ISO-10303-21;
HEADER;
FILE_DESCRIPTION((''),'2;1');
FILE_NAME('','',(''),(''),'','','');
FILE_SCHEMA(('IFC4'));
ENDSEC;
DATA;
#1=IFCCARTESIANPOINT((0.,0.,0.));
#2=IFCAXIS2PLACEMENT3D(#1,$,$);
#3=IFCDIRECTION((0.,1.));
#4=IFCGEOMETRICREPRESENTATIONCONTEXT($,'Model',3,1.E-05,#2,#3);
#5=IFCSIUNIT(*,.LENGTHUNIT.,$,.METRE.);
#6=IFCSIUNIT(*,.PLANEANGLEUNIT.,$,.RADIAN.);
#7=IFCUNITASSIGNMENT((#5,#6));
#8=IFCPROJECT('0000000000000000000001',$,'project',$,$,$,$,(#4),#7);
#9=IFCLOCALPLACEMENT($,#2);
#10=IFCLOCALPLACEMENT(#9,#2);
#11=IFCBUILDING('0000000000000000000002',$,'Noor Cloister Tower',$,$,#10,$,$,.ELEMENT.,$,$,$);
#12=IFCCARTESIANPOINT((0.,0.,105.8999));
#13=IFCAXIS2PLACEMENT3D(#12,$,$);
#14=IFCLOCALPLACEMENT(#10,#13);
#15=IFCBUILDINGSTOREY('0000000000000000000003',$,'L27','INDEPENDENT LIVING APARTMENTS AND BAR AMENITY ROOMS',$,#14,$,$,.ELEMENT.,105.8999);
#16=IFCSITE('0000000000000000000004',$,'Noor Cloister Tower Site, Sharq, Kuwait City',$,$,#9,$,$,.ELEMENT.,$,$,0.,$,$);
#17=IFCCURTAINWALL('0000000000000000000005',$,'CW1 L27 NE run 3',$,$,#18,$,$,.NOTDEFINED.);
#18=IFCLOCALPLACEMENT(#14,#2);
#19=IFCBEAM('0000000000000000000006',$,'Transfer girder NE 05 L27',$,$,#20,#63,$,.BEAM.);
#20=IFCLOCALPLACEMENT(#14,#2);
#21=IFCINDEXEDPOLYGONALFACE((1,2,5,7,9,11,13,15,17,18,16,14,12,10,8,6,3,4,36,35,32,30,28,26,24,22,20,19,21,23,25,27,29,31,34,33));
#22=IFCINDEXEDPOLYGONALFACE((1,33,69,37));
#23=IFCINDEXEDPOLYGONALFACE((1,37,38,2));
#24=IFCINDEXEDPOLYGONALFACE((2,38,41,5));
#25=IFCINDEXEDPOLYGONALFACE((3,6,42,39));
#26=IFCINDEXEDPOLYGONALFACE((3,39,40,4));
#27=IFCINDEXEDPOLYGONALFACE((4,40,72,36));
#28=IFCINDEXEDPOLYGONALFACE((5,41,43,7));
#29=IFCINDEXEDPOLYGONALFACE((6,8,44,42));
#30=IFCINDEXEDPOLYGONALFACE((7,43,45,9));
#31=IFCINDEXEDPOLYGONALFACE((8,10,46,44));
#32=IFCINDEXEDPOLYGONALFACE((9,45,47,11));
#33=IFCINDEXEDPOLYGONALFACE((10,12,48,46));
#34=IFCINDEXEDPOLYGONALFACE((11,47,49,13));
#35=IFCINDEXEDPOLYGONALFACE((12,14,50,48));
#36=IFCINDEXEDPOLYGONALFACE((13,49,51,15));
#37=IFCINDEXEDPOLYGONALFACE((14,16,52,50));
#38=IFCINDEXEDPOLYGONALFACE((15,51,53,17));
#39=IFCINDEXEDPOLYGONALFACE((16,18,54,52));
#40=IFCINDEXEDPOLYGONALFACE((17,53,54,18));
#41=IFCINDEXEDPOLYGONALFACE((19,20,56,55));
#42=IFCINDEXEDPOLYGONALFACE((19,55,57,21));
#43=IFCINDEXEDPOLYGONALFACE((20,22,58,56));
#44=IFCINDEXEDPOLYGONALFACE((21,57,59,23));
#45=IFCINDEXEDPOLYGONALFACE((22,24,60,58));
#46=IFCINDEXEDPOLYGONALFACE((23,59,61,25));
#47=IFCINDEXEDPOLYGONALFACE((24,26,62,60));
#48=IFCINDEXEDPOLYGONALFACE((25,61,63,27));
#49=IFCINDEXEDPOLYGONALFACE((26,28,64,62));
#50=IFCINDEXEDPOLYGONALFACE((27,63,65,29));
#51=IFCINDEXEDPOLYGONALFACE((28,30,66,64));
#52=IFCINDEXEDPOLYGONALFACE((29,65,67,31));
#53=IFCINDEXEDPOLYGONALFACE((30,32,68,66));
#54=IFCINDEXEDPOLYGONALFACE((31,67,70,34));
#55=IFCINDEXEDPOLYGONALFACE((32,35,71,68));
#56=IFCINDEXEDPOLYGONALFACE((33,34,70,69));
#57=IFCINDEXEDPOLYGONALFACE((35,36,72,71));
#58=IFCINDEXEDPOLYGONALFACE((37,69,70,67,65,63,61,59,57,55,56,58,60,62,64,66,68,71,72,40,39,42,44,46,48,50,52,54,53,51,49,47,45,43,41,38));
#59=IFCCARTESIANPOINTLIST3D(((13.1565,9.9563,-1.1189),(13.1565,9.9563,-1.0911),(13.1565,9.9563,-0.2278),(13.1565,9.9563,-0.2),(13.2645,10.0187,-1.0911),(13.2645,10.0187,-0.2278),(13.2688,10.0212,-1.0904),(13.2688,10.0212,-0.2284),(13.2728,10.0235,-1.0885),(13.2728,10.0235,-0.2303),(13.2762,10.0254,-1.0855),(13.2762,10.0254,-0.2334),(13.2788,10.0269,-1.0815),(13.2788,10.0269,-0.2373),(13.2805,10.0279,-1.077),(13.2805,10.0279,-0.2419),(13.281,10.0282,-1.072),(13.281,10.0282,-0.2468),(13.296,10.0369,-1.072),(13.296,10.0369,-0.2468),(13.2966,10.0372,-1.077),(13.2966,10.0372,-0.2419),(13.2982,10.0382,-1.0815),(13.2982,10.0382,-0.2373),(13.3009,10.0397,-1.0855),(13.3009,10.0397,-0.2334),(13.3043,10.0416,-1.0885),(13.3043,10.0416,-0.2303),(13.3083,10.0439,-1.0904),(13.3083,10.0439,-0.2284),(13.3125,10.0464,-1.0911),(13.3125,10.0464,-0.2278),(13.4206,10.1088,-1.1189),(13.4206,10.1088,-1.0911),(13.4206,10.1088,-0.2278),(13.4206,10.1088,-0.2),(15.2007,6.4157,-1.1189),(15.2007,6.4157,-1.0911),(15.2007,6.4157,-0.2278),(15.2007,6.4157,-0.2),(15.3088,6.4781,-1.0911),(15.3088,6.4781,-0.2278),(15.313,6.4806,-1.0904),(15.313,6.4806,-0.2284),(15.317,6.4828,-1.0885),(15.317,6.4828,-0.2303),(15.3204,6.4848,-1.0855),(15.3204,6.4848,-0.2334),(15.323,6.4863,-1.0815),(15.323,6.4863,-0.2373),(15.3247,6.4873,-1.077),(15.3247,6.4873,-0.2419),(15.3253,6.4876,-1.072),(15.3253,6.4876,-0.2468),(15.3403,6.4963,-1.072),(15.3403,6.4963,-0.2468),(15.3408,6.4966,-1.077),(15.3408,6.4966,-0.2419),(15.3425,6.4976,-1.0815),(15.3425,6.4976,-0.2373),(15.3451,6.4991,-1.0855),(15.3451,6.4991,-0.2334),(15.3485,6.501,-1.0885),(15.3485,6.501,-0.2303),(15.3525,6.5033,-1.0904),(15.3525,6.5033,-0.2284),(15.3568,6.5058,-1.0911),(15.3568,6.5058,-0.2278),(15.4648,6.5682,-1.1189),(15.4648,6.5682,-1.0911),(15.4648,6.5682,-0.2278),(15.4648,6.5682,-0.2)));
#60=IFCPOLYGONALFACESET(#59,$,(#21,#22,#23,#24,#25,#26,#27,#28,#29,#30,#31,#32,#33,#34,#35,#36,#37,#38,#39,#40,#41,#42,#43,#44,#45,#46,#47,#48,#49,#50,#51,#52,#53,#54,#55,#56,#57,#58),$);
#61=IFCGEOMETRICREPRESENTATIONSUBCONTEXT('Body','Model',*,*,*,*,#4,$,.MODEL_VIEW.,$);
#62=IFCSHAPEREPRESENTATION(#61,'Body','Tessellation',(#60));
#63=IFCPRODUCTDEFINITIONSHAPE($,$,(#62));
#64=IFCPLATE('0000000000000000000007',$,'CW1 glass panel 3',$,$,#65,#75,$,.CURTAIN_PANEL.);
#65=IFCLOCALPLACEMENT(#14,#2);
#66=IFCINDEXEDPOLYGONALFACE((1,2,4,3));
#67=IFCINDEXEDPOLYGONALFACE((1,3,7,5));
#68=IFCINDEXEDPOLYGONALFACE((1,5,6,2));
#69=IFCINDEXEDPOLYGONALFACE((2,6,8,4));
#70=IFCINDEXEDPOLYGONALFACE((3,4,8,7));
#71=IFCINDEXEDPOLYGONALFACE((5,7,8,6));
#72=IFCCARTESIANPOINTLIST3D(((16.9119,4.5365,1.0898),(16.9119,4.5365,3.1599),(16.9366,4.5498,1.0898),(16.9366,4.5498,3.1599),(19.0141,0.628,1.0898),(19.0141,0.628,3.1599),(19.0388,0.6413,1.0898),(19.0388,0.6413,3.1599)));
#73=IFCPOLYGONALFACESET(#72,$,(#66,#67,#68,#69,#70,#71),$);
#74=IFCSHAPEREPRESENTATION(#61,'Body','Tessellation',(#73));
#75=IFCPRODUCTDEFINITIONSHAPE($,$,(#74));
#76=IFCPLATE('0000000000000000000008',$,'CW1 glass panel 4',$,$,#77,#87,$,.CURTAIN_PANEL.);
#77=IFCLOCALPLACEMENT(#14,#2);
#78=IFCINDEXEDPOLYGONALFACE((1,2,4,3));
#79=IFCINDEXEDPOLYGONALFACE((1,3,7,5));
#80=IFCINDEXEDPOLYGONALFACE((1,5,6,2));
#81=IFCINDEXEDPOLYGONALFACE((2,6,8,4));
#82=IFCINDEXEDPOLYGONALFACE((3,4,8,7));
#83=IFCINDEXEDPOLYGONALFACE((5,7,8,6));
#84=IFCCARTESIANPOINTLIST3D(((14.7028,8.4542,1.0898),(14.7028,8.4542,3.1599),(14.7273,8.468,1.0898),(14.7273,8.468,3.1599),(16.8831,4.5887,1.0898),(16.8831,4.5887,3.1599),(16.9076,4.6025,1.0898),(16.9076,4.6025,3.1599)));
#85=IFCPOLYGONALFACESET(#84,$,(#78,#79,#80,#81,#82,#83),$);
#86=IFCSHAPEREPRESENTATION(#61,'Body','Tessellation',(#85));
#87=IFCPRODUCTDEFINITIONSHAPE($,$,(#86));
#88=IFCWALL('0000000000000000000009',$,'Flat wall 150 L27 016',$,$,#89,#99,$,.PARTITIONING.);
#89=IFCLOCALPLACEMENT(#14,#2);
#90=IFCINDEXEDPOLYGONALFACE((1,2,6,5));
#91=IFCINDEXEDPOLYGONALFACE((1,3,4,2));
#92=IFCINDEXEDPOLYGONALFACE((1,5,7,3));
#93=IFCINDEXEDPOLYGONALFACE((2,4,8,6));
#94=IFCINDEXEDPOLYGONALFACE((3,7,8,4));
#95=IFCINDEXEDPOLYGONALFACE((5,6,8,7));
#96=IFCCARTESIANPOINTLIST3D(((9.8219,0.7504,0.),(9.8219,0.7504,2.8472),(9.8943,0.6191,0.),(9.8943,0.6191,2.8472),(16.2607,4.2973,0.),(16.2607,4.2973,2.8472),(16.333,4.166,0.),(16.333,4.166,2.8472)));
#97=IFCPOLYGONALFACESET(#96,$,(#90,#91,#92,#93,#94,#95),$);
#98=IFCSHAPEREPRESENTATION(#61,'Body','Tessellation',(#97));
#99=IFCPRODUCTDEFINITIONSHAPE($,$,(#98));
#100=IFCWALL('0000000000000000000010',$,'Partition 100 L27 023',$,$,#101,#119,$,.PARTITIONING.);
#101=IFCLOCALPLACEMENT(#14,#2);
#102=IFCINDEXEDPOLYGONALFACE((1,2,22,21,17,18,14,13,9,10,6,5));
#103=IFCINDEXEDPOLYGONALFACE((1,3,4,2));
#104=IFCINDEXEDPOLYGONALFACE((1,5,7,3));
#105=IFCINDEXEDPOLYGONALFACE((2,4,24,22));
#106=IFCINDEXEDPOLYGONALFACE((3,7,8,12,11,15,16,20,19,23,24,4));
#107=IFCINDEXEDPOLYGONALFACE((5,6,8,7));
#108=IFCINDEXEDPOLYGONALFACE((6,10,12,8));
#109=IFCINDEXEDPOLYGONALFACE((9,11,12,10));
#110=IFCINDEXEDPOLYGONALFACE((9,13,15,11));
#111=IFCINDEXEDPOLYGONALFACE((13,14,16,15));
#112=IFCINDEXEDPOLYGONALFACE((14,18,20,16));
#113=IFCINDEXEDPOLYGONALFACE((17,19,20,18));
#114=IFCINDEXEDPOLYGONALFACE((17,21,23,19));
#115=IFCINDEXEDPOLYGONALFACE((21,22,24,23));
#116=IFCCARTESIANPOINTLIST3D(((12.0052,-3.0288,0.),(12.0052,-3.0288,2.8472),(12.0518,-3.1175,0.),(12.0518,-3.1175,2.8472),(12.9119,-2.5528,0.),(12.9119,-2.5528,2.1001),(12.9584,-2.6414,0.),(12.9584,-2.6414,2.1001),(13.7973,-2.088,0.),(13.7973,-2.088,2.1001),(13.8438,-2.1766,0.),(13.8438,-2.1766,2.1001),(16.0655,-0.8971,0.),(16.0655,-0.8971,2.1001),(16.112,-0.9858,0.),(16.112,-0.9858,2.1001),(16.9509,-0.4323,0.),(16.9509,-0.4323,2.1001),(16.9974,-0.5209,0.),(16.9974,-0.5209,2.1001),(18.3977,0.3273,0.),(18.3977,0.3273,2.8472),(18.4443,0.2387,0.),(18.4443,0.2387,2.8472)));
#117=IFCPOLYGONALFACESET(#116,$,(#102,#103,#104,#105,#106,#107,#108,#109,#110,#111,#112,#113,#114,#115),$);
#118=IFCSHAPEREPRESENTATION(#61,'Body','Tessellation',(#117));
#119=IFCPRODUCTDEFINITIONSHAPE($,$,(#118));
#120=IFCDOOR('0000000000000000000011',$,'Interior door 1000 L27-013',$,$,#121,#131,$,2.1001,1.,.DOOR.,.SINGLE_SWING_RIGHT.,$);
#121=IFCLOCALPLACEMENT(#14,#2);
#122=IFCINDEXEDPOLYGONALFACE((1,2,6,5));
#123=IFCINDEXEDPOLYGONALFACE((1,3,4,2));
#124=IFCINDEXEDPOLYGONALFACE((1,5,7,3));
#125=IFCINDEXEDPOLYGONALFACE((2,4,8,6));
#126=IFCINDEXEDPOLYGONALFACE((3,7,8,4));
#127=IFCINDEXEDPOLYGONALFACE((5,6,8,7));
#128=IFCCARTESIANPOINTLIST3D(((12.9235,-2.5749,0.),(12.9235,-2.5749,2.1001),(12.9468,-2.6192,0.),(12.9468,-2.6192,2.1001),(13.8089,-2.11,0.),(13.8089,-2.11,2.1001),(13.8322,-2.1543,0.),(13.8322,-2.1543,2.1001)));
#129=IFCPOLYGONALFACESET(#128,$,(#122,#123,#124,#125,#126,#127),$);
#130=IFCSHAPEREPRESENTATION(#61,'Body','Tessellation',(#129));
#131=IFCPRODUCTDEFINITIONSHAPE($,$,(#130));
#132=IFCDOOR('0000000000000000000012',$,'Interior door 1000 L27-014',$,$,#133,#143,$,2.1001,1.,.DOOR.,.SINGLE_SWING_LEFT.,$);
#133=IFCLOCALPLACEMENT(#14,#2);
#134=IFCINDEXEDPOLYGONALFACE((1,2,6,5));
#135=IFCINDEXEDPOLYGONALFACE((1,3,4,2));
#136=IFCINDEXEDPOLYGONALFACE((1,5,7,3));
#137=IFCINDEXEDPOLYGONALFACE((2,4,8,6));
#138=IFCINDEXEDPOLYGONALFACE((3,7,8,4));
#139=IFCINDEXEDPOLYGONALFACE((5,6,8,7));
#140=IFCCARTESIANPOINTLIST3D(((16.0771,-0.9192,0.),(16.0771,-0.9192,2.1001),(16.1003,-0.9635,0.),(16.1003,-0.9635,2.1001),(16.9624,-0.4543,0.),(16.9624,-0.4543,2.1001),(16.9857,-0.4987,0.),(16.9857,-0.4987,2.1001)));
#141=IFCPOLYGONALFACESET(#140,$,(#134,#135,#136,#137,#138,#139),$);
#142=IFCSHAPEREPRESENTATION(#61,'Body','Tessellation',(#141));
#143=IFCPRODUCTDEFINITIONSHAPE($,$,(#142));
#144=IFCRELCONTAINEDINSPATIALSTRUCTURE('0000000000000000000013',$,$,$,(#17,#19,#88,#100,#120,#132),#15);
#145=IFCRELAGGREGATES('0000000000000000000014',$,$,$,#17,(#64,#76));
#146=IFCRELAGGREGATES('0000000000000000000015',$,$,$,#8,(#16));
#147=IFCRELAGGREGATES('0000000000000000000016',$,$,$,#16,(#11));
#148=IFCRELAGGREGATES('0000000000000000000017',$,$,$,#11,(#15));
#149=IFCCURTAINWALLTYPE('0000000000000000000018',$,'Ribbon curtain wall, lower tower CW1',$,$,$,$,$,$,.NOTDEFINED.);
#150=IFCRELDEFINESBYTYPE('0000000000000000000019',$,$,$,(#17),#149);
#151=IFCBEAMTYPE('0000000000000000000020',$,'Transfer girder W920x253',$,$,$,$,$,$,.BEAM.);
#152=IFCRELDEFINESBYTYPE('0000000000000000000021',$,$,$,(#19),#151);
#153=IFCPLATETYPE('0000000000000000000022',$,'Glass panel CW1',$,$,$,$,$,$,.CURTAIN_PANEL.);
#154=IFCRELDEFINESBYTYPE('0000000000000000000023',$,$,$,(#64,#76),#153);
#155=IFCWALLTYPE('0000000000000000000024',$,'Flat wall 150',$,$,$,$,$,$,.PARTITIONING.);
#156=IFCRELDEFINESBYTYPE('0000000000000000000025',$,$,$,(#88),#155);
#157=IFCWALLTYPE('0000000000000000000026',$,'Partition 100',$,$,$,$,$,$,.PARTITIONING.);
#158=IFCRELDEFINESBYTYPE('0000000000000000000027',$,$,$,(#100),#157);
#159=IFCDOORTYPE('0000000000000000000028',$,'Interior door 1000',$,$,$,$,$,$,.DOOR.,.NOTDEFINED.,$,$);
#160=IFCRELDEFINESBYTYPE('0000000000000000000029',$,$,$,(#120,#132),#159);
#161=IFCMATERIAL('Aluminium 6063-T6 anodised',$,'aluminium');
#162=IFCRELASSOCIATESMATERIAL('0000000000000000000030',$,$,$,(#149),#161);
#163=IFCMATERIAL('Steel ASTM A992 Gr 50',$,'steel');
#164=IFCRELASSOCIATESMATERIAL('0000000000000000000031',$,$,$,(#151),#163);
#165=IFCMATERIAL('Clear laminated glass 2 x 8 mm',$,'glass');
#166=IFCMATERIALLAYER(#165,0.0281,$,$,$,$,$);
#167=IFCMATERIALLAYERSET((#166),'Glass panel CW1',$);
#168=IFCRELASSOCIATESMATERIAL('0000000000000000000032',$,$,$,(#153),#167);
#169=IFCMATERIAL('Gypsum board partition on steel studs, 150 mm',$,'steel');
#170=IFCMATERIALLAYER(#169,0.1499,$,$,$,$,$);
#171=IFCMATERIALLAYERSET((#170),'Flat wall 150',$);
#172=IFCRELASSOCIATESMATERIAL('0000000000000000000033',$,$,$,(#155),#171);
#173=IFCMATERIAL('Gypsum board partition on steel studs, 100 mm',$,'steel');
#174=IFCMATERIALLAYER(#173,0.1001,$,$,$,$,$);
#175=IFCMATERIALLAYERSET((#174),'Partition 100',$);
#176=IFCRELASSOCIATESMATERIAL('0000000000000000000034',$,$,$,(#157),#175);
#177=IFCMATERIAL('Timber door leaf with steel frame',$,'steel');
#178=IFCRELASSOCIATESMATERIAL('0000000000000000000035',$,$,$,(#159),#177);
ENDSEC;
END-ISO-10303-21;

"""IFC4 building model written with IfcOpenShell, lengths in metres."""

from ifc_helpers import new_model, si_unit, direction, frame, frame_2d, origin, origin_2d, place, context, subcontext, project, spatial, rectangle, i_section, extrude, material, layer, layer_set, material_profile, profile_set, type_object, element, fill, aggregate, save


model = new_model("IFC4")

# Units and contexts
model_context = context("Model", 3, precision=1e-05, world=origin(), true_north=direction((0.0, 1.0)))
body_context = subcontext(model_context, "Body", "Model", "MODEL_VIEW")
ifc_project = project(units=[si_unit("LENGTHUNIT", "METRE"), si_unit("PLANEANGLEUNIT", "RADIAN")], contexts=[model_context])

# Site, building, storey
site_placement = place(None, origin())
site = spatial("IfcSite", under=ifc_project, at=site_placement, Name="Noor Cloister Tower Site, Sharq, Kuwait City", CompositionType="ELEMENT", RefElevation=0.0)
building_placement = place(site_placement, origin())
building = spatial("IfcBuilding", under=site, at=building_placement, Name="Noor Cloister Tower", CompositionType="ELEMENT")
storey_placement = place(building_placement, frame((0.0, 0.0, 105.8999)))
storey = spatial("IfcBuildingStorey", under=building, at=storey_placement, Name="L27", Description="INDEPENDENT LIVING APARTMENTS AND BAR AMENITY ROOMS", CompositionType="ELEMENT", Elevation=105.8999)

# Curtain wall
ifc_material_1 = material(Name="Aluminium 6063-T6 anodised", Category="aluminium")
curtain_wall_type = type_object("IfcCurtainWallType", Name="Ribbon curtain wall, lower tower CW1", PredefinedType="NOTDEFINED", material=ifc_material_1)
curtain_wall_placement = place(storey_placement, origin())
curtain_wall = element("IfcCurtainWall", 1, at=curtain_wall_placement, inside=storey, type_object=curtain_wall_type, Name="CW1 L27 NE run 3", PredefinedType="NOTDEFINED")

# Beam
ifc_material_2 = material(Name="Steel ASTM A992 Gr 50", Category="steel")
ifc_material_profile_1 = material_profile(ifc_material_2, i_section(OverallWidth=0.3049, OverallDepth=0.9189, WebThickness=0.0173, FlangeThickness=0.0278, FilletRadius=0.019, at=origin_2d()), Name="W920x253")
ifc_profile_set_1 = profile_set([ifc_material_profile_1], Name="Steel ASTM A992 Gr 50")
beam_type_1 = type_object("IfcBeamType", Name="Transfer girder W920x253", PredefinedType="BEAM", material=ifc_profile_set_1)
beam_1_placement = place(storey_placement, frame((15.3328, 6.4919, -0.6594), z_axis=(-0.500012, 0.866019, 0.0), x_axis=(-0.866019, -0.500012, 0.0)))
element("IfcBeam", 2, at=beam_1_placement, inside=storey, type_object=beam_type_1, Name="Transfer girder NE 05 L27", PredefinedType="BEAM", context=body_context, shape_type="SweptSolid", body=[
    extrude(i_section(OverallWidth=0.3049, OverallDepth=0.9189, WebThickness=0.0173, FlangeThickness=0.0278, FilletRadius=0.019, at=origin_2d()), origin(), (0.0, 0.0, 1.0), 4.0884),
])

# Plates
ifc_material_3 = material(Name="Clear laminated glass 2 x 8 mm", Category="glass")
ifc_layer_1 = layer(ifc_material_3, 0.0281)
ifc_layer_set_1 = layer_set([ifc_layer_1], Name="Glass panel CW1")
plate_type = type_object("IfcPlateType", Name="Glass panel CW1", PredefinedType="CURTAIN_PANEL", material=ifc_layer_set_1)
plate_1_placement = place(storey_placement, frame((17.9753, 2.5889, 1.0898), z_axis=(0.0, 0.0, 1.0), x_axis=(-0.473694, 0.880689, 0.0)))
plate_1 = element("IfcPlate", 3, at=plate_1_placement, type_object=plate_type, Name="CW1 glass panel 3", PredefinedType="CURTAIN_PANEL", context=body_context, shape_type="SweptSolid", body=[
    extrude(rectangle(XDim=4.438, YDim=0.0281, at=origin_2d()), origin(), (0.0, 0.0, 1.0), 2.0701),
])
plate_2_placement = place(storey_placement, frame((15.8052, 6.5283, 1.0898), z_axis=(0.0, 0.0, 1.0), x_axis=(-0.491281, 0.871001, 0.0)))
plate_2 = element("IfcPlate", 4, at=plate_2_placement, type_object=plate_type, Name="CW1 glass panel 4", PredefinedType="CURTAIN_PANEL", context=body_context, shape_type="SweptSolid", body=[
    extrude(rectangle(XDim=4.438, YDim=0.0281, at=origin_2d()), origin(), (0.0, 0.0, 1.0), 2.0701),
])
aggregate(curtain_wall, [plate_1, plate_2])

# Wall
ifc_material_4 = material(Name="Gypsum board partition on steel studs, 150 mm", Category="steel")
ifc_layer_2 = layer(ifc_material_4, 0.1499)
ifc_layer_set_2 = layer_set([ifc_layer_2], Name="Flat wall 150")
wall_type_1 = type_object("IfcWallType", Name="Flat wall 150", PredefinedType="PARTITIONING", material=ifc_layer_set_2)
wall_1_placement = place(storey_placement, frame((16.2969, 4.2317, 0.0), z_axis=(0.0, 0.0, 1.0), x_axis=(-0.875895, -0.482501, 0.0)))
element("IfcWall", 5, at=wall_1_placement, inside=storey, type_object=wall_type_1, Name="Flat wall 150 L27 016", PredefinedType="PARTITIONING", context=body_context, shape_type="SweptSolid", body=[
    extrude(rectangle(XDim=7.3511, YDim=0.1499, at=frame_2d((3.6755, 0.0))), origin(), (0.0, 0.0, 1.0), 2.8472),
])

# Wall, openings, doors
ifc_material_5 = material(Name="Gypsum board partition on steel studs, 100 mm", Category="steel")
ifc_layer_3 = layer(ifc_material_5, 0.1001)
ifc_layer_set_3 = layer_set([ifc_layer_3], Name="Partition 100")
wall_type_2 = type_object("IfcWallType", Name="Partition 100", PredefinedType="PARTITIONING", material=ifc_layer_set_3)
wall_2_placement = place(storey_placement, frame((18.4209, 0.283, 0.0), z_axis=(0.0, 0.0, 1.0), x_axis=(-0.885392, -0.464845, 0.0)))
wall_2 = element("IfcWall", 6, at=wall_2_placement, inside=storey, type_object=wall_type_2, Name="Partition 100 L27 023", PredefinedType="PARTITIONING", context=body_context, shape_type="SweptSolid", body=[
    extrude(rectangle(XDim=7.22, YDim=0.1001, at=frame_2d((3.6099, 0.0))), origin(), (0.0, 0.0, 1.0), 2.8472),
])
opening_1_placement = place(wall_2_placement, frame((5.1958, 0.0, 0.0)))
opening_1 = element("IfcOpeningElement", 7, at=opening_1_placement, cuts=wall_2, PredefinedType="OPENING", context=body_context, shape_type="SweptSolid", body=[
    extrude(rectangle(XDim=1.0, YDim=2.1001, at=frame_2d((0.5, 1.05))), frame((0.0, 0.0601, 0.0), z_axis=(0.0, -1.0, 0.0), x_axis=(1.0, 0.0, 0.0)), (0.0, 0.0, 1.0), 0.1201),
])
opening_2_placement = place(wall_2_placement, frame((1.634, 0.0, 0.0)))
opening_2 = element("IfcOpeningElement", 8, at=opening_2_placement, cuts=wall_2, PredefinedType="OPENING", context=body_context, shape_type="SweptSolid", body=[
    extrude(rectangle(XDim=1.0, YDim=2.1001, at=frame_2d((0.5, 1.05))), frame((0.0, 0.0601, 0.0), z_axis=(0.0, -1.0, 0.0), x_axis=(1.0, 0.0, 0.0)), (0.0, 0.0, 1.0), 0.1201),
])
ifc_material_6 = material(Name="Timber door leaf with steel frame", Category="steel")
door_type = type_object("IfcDoorType", Name="Interior door 1000", OperationType="NOTDEFINED", PredefinedType="DOOR", material=ifc_material_6)
door_1_placement = place(opening_1_placement, origin())
door_1 = element("IfcDoor", 9, at=door_1_placement, inside=storey, type_object=door_type, Name="Interior door 1000 L27-013", OperationType="SINGLE_SWING_RIGHT", OverallHeight=2.1001, OverallWidth=1.0, PredefinedType="DOOR", context=body_context, shape_type="SweptSolid", body=[
    extrude(rectangle(XDim=1.0, YDim=2.1001, at=frame_2d((0.5, 1.05))), frame((0.0, 0.0249, 0.0), z_axis=(0.0, -1.0, 0.0), x_axis=(1.0, 0.0, 0.0)), (0.0, 0.0, 1.0), 0.05),
])
fill(opening_1, door_1)
door_2_placement = place(opening_2_placement, origin())
door_2 = element("IfcDoor", 10, at=door_2_placement, inside=storey, type_object=door_type, Name="Interior door 1000 L27-014", OperationType="SINGLE_SWING_LEFT", OverallHeight=2.1001, OverallWidth=1.0, PredefinedType="DOOR", context=body_context, shape_type="SweptSolid", body=[
    extrude(rectangle(XDim=1.0, YDim=2.1001, at=frame_2d((0.5, 1.05))), frame((0.0, 0.0249, 0.0), z_axis=(0.0, -1.0, 0.0), x_axis=(1.0, 0.0, 0.0)), (0.0, 0.0, 1.0), 0.05),
])
fill(opening_2, door_2)

save(model, "model.ifc")
